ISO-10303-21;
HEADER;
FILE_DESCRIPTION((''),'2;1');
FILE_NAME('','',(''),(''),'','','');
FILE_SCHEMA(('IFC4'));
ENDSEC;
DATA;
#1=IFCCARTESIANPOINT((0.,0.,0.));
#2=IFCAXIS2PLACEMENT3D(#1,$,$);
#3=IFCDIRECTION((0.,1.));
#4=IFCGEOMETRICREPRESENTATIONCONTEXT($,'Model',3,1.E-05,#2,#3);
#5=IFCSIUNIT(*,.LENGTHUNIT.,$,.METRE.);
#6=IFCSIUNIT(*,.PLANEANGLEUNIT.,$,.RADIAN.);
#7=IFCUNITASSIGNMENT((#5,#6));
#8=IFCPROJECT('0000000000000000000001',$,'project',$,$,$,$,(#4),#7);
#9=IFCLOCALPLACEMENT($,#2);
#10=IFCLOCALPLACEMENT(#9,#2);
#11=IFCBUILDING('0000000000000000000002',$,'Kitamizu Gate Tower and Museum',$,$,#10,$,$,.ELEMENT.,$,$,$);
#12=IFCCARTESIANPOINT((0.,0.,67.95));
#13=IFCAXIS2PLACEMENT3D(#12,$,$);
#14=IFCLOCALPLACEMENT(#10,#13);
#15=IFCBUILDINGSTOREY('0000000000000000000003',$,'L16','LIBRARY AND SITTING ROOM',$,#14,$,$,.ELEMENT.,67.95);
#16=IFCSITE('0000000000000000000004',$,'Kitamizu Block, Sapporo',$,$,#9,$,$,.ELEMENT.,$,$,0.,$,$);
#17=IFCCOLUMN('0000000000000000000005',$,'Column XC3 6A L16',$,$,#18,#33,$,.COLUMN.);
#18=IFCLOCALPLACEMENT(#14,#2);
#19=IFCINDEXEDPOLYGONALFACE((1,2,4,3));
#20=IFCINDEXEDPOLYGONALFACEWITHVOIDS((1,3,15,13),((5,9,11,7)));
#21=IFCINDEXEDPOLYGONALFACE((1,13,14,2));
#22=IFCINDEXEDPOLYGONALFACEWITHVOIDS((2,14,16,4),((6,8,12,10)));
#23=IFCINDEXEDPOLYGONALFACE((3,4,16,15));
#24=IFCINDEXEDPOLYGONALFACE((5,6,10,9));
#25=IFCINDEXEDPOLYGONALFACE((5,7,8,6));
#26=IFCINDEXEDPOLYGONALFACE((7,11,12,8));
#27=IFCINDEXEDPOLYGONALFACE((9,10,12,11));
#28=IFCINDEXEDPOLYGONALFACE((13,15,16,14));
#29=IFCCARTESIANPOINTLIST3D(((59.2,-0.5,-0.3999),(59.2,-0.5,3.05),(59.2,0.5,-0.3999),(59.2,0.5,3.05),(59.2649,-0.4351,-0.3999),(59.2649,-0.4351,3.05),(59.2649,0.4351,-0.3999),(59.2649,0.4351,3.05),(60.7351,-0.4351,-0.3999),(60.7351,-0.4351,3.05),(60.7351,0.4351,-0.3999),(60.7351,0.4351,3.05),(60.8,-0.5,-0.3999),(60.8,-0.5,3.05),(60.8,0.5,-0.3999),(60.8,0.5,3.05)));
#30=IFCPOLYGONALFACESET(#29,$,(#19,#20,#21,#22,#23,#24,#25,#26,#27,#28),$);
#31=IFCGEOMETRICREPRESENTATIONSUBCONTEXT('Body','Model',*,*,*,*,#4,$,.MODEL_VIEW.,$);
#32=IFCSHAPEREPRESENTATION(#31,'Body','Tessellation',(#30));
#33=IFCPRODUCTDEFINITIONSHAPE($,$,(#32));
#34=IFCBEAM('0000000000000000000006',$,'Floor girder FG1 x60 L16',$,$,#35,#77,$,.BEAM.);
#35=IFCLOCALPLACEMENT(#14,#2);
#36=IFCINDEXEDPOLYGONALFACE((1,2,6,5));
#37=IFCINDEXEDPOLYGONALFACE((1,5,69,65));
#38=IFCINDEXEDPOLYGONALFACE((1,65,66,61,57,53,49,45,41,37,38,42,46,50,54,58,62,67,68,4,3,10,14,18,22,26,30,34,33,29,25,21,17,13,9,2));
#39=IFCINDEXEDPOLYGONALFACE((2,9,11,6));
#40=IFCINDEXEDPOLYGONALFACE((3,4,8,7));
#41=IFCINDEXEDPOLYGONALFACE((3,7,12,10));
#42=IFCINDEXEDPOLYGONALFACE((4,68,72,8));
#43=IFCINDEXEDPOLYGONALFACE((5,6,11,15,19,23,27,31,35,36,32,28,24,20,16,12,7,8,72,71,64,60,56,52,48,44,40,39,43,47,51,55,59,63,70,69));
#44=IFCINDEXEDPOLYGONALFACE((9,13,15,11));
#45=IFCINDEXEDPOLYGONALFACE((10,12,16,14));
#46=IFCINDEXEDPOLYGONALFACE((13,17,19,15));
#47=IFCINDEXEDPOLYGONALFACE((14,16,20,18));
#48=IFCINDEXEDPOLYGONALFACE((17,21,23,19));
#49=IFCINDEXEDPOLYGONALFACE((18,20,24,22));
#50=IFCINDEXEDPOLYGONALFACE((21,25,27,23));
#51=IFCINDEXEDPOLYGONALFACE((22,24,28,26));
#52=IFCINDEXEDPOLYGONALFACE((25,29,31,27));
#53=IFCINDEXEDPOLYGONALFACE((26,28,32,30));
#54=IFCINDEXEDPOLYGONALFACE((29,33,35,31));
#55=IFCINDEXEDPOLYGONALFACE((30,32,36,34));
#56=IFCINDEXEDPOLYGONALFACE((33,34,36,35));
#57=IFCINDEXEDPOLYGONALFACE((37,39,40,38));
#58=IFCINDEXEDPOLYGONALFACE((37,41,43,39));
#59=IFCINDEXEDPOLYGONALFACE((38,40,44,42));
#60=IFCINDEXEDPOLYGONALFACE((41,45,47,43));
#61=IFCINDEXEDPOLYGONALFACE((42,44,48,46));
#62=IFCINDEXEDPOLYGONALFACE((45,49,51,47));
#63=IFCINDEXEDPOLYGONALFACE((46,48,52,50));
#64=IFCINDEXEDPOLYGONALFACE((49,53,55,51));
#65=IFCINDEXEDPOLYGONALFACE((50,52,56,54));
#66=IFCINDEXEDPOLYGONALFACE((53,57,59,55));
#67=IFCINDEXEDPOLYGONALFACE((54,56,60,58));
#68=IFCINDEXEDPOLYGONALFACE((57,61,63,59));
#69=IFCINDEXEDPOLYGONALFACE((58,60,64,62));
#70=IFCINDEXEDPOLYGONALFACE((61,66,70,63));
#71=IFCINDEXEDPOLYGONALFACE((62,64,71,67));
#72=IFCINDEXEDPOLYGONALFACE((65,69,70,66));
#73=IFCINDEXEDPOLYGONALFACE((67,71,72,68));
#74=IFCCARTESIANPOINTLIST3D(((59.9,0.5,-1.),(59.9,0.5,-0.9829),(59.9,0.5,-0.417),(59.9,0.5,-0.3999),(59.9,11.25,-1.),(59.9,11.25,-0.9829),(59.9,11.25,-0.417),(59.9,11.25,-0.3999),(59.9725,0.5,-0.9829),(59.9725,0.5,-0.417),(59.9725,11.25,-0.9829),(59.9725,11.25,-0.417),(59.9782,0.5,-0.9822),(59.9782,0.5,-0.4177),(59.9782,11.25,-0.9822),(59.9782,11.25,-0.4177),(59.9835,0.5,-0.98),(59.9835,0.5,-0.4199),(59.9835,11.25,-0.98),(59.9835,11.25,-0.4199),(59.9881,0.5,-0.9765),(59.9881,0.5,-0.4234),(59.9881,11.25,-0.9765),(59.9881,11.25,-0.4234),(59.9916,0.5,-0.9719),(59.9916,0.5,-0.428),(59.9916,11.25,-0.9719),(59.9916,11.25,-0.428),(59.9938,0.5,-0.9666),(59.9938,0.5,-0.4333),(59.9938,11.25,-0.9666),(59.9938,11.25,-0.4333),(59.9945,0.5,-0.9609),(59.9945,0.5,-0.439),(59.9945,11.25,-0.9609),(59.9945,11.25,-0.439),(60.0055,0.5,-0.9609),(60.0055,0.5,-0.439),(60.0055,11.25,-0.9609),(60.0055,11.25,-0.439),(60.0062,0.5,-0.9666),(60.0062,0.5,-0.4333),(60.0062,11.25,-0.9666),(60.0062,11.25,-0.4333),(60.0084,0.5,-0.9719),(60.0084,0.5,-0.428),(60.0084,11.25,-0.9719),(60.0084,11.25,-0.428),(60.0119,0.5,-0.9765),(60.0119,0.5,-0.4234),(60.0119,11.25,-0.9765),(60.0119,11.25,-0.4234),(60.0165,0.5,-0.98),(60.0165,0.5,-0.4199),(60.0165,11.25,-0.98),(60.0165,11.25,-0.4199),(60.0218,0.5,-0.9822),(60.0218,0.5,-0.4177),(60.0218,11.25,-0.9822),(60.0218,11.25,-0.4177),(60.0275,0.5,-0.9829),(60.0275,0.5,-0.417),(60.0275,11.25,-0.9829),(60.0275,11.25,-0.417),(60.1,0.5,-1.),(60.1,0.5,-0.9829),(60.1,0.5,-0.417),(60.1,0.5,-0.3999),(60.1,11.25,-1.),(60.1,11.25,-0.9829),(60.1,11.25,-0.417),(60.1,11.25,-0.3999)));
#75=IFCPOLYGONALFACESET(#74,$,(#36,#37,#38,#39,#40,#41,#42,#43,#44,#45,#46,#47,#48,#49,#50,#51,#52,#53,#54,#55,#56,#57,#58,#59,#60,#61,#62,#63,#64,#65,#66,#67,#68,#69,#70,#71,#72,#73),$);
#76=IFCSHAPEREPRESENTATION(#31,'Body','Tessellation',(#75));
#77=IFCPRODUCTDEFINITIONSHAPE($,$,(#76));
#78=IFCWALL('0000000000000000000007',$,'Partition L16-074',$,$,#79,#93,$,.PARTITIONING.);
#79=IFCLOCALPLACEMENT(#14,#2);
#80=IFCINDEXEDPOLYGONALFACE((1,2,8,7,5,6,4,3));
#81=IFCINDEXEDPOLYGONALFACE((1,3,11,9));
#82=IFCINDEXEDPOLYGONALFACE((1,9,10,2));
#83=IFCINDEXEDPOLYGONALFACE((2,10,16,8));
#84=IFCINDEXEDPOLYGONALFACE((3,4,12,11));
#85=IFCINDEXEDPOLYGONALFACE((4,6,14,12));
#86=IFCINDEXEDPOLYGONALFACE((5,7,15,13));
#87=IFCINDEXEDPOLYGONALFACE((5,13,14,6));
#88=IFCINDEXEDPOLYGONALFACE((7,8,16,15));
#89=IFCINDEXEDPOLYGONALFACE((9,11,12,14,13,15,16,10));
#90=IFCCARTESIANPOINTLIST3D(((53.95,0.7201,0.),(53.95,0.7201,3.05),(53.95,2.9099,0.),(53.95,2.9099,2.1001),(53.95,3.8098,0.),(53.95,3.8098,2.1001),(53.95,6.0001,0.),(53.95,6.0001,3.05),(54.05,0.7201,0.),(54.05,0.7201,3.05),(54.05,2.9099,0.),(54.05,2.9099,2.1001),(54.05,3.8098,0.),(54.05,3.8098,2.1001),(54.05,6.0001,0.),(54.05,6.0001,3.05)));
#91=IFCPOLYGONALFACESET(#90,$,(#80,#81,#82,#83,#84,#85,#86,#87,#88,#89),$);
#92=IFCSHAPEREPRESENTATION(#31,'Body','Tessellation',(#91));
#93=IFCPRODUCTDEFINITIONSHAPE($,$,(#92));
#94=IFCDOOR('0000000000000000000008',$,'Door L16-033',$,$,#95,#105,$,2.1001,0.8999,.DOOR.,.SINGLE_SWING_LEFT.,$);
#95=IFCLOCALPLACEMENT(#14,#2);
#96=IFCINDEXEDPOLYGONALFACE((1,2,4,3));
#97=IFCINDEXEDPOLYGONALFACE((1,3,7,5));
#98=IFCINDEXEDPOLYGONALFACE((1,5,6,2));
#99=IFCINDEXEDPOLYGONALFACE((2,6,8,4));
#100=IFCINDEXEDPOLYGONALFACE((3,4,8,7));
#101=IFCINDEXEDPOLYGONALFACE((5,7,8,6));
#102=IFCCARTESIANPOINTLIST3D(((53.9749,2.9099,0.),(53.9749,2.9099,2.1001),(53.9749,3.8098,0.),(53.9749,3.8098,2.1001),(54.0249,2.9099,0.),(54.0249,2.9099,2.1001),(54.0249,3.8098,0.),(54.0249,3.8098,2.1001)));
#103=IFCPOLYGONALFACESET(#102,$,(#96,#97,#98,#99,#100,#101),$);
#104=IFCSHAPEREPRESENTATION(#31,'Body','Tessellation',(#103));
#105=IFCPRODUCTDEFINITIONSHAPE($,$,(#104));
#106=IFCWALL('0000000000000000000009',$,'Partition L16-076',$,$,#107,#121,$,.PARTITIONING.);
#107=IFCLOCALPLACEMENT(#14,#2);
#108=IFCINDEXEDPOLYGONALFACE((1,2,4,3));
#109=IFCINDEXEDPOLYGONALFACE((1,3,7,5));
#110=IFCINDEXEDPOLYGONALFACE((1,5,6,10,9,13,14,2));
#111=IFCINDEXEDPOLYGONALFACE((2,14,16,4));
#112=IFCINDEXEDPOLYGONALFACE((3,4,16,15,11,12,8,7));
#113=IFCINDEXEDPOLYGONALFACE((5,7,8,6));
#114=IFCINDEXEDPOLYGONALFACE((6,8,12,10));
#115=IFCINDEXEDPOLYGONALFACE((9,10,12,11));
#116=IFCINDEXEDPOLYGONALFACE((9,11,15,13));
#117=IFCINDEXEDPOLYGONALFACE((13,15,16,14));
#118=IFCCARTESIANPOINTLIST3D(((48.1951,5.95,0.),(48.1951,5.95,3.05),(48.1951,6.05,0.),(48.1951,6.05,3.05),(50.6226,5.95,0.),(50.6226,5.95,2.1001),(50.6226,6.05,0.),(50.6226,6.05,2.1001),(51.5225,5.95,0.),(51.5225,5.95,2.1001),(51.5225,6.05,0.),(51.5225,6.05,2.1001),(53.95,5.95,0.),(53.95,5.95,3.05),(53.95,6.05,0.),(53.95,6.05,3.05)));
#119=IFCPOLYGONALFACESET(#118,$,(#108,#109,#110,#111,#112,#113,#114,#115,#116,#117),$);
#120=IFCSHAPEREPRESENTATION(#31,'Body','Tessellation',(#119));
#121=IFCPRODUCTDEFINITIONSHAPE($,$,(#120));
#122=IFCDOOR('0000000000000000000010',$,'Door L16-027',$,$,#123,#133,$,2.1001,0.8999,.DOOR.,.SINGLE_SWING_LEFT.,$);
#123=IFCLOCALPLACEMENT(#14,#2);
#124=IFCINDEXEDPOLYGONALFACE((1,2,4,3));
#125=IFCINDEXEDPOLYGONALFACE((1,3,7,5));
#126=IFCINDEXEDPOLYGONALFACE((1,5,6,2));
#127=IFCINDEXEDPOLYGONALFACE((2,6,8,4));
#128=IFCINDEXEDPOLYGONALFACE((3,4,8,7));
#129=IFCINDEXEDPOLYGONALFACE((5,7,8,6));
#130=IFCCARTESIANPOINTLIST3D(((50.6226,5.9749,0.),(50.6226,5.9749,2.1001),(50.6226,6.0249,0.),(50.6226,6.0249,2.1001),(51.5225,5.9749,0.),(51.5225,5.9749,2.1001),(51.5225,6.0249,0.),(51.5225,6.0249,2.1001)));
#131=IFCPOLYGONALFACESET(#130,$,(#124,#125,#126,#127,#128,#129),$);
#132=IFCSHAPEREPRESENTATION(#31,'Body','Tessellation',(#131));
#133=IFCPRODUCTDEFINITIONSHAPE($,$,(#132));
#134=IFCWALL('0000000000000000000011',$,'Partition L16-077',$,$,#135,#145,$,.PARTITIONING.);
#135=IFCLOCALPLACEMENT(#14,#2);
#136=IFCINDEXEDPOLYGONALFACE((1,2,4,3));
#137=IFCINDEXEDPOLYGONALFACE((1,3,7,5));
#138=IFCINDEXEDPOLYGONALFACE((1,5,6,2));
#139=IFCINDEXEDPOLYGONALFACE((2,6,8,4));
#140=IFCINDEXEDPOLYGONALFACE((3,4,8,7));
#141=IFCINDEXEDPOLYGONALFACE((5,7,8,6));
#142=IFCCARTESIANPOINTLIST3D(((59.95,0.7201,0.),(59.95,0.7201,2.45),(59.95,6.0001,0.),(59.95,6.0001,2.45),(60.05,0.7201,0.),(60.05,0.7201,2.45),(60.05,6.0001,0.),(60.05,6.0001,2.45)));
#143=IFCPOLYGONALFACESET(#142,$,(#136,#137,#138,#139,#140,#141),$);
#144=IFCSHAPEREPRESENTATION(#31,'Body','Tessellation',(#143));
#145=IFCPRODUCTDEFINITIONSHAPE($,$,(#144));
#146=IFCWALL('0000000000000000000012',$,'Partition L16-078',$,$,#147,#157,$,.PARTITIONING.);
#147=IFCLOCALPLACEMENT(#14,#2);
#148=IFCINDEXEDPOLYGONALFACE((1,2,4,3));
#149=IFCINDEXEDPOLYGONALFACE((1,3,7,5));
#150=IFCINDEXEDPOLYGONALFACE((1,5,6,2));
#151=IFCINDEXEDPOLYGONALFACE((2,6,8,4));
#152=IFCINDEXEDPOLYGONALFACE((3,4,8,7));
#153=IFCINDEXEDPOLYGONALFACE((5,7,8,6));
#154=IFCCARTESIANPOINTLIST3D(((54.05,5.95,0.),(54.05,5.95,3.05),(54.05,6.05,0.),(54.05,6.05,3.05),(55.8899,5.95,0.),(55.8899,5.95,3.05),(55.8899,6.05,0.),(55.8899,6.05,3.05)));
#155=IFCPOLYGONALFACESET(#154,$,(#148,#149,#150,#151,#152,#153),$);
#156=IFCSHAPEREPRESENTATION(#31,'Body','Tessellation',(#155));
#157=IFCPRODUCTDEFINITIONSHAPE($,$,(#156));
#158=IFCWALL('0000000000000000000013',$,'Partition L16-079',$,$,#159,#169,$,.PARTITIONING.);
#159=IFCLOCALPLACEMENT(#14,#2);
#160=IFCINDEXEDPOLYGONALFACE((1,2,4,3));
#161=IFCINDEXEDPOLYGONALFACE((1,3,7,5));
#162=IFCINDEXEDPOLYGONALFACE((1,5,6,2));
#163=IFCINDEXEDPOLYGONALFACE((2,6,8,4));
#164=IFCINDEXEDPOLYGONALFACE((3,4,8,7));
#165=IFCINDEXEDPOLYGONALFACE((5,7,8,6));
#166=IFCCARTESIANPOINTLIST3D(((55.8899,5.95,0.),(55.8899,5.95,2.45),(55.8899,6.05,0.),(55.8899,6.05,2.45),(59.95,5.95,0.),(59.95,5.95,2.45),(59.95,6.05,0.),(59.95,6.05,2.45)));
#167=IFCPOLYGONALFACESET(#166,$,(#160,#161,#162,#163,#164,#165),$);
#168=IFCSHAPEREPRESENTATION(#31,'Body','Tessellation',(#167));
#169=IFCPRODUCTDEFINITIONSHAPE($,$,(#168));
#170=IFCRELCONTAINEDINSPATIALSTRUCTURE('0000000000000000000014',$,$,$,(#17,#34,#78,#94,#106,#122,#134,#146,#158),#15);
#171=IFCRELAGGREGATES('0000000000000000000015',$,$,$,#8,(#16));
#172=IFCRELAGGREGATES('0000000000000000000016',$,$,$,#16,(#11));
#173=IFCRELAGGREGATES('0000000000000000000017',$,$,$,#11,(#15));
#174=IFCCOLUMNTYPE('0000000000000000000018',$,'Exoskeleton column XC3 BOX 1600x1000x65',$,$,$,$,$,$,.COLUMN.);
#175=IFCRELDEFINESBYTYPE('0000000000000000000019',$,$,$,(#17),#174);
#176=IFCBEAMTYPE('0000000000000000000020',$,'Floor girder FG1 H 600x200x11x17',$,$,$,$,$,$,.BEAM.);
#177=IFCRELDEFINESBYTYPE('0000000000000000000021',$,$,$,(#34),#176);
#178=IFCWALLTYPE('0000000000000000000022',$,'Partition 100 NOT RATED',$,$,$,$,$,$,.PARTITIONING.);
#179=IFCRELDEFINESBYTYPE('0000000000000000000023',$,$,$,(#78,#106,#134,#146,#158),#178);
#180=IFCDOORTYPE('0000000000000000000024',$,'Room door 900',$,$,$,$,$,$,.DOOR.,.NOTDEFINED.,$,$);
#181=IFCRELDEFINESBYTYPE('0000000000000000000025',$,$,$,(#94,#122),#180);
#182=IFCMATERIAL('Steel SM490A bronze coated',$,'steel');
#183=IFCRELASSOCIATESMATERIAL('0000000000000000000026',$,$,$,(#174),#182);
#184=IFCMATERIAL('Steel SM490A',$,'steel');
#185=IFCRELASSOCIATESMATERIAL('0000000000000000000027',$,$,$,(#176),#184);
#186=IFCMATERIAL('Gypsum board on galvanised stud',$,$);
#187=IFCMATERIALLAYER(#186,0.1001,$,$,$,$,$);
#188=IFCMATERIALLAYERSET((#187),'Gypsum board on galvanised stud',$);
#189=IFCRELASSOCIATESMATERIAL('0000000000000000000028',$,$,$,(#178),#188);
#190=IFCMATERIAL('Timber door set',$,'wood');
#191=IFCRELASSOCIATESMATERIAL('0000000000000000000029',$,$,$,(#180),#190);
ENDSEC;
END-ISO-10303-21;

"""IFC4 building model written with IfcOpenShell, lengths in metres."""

from ifc_helpers import new_model, si_unit, direction, frame, frame_2d, origin, origin_2d, place, context, subcontext, project, spatial, rectangle, hollow_rectangle, i_section, extrude, material, layer, layer_set, material_profile, profile_set, type_object, element, fill, save


model = new_model("IFC4")

# Units and contexts
model_context = context("Model", 3, precision=1e-05, world=origin(), true_north=direction((0.0, 1.0)))
body_context = subcontext(model_context, "Body", "Model", "MODEL_VIEW")
ifc_project = project(units=[si_unit("LENGTHUNIT", "METRE"), si_unit("PLANEANGLEUNIT", "RADIAN")], contexts=[model_context])

# Site, building, storey
site_placement = place(None, origin())
site = spatial("IfcSite", under=ifc_project, at=site_placement, Name="Kitamizu Block, Sapporo", CompositionType="ELEMENT", RefElevation=0.0)
building_placement = place(site_placement, origin())
building = spatial("IfcBuilding", under=site, at=building_placement, Name="Kitamizu Gate Tower and Museum", CompositionType="ELEMENT")
storey_placement = place(building_placement, frame((0.0, 0.0, 67.95)))
storey = spatial("IfcBuildingStorey", under=building, at=storey_placement, Name="L16", Description="LIBRARY AND SITTING ROOM", CompositionType="ELEMENT", Elevation=67.95)

# Column
ifc_material_1 = material(Name="Steel SM490A bronze coated", Category="steel")
ifc_material_profile_1 = material_profile(ifc_material_1, hollow_rectangle(XDim=1.6001, YDim=1.0, WallThickness=0.0649, at=origin_2d()), Name="BOX 1600x1000x65")
ifc_profile_set_1 = profile_set([ifc_material_profile_1], Name="Steel SM490A bronze coated")
column_type = type_object("IfcColumnType", Name="Exoskeleton column XC3 BOX 1600x1000x65", PredefinedType="COLUMN", material=ifc_profile_set_1)
column_placement = place(storey_placement, frame((60.0, 0.0, -0.3999), z_axis=(0.0, 0.0, 1.0), x_axis=(1.0, 0.0, 0.0)))
element("IfcColumn", 1, at=column_placement, inside=storey, type_object=column_type, Name="Column XC3 6A L16", PredefinedType="COLUMN", context=body_context, shape_type="SweptSolid", body=[
    extrude(hollow_rectangle(XDim=1.6001, YDim=1.0, WallThickness=0.0649, at=origin_2d()), origin(), (0.0, 0.0, 1.0), 3.45),
])

# Beam
ifc_material_2 = material(Name="Steel SM490A", Category="steel")
ifc_material_profile_2 = material_profile(ifc_material_2, i_section(OverallWidth=0.2, OverallDepth=0.6001, WebThickness=0.011, FlangeThickness=0.0171, FilletRadius=0.022, at=origin_2d()), Name="H-600x200x11x17")
ifc_profile_set_2 = profile_set([ifc_material_profile_2], Name="Steel SM490A")
beam_type = type_object("IfcBeamType", Name="Floor girder FG1 H 600x200x11x17", PredefinedType="BEAM", material=ifc_profile_set_2)
beam_placement = place(storey_placement, frame((60.0, 0.5, -0.7), z_axis=(0.0, 1.0, 0.0), x_axis=(-1.0, 0.0, 0.0)))
element("IfcBeam", 2, at=beam_placement, inside=storey, type_object=beam_type, Name="Floor girder FG1 x60 L16", PredefinedType="BEAM", context=body_context, shape_type="SweptSolid", body=[
    extrude(i_section(OverallWidth=0.2, OverallDepth=0.6001, WebThickness=0.011, FlangeThickness=0.0171, FilletRadius=0.022, at=origin_2d()), origin(), (0.0, 0.0, 1.0), 10.75),
])

# Walls, openings, doors
ifc_material_3 = material(Name="Gypsum board on galvanised stud")
ifc_layer = layer(ifc_material_3, 0.1001)
ifc_layer_set = layer_set([ifc_layer], Name="Gypsum board on galvanised stud")
wall_type = type_object("IfcWallType", Name="Partition 100 NOT RATED", PredefinedType="PARTITIONING", material=ifc_layer_set)
wall_1_placement = place(storey_placement, frame((54.0, 0.72, 0.0), z_axis=(0.0, 0.0, 1.0), x_axis=(0.0, 1.0, 0.0)))
wall_1 = element("IfcWall", 3, at=wall_1_placement, inside=storey, type_object=wall_type, Name="Partition L16-074", PredefinedType="PARTITIONING", context=body_context, shape_type="SweptSolid", body=[
    extrude(rectangle(XDim=5.28, YDim=0.1001, at=frame_2d((2.6401, 0.0))), origin(), (0.0, 0.0, 1.0), 3.05),
])
opening_1_placement = place(wall_1_placement, frame((2.1899, 0.0, 0.0)))
opening_1 = element("IfcOpeningElement", 4, at=opening_1_placement, cuts=wall_1, PredefinedType="OPENING", context=body_context, shape_type="SweptSolid", body=[
    extrude(rectangle(XDim=0.8999, YDim=2.1001, at=frame_2d((0.45, 1.05))), frame((0.0, 0.0601, 0.0), z_axis=(0.0, -1.0, 0.0), x_axis=(1.0, 0.0, 0.0)), (0.0, 0.0, 1.0), 0.1201),
])
ifc_material_4 = material(Name="Timber door set", Category="wood")
door_type = type_object("IfcDoorType", Name="Room door 900", OperationType="NOTDEFINED", PredefinedType="DOOR", material=ifc_material_4)
door_1_placement = place(opening_1_placement, frame((0.8999, 0.0, 0.0), x_axis=(-1.0, 0.0, 0.0)))
door_1 = element("IfcDoor", 5, at=door_1_placement, inside=storey, type_object=door_type, Name="Door L16-033", OperationType="SINGLE_SWING_LEFT", OverallHeight=2.1001, OverallWidth=0.8999, PredefinedType="DOOR", context=body_context, shape_type="SweptSolid", body=[
    extrude(rectangle(XDim=0.8999, YDim=2.1001, at=frame_2d((0.45, 1.05))), frame((0.0, 0.0249, 0.0), z_axis=(0.0, -1.0, 0.0), x_axis=(1.0, 0.0, 0.0)), (0.0, 0.0, 1.0), 0.05),
])
fill(opening_1, door_1)
wall_2_placement = place(storey_placement, frame((53.95, 6.0, 0.0), z_axis=(0.0, 0.0, 1.0), x_axis=(-1.0, 0.0, 0.0)))
wall_2 = element("IfcWall", 6, at=wall_2_placement, inside=storey, type_object=wall_type, Name="Partition L16-076", PredefinedType="PARTITIONING", context=body_context, shape_type="SweptSolid", body=[
    extrude(rectangle(XDim=5.7549, YDim=0.1001, at=frame_2d((2.8774, 0.0))), origin(), (0.0, 0.0, 1.0), 3.05),
])
opening_2_placement = place(wall_2_placement, frame((2.4275, 0.0, 0.0)))
opening_2 = element("IfcOpeningElement", 7, at=opening_2_placement, cuts=wall_2, PredefinedType="OPENING", context=body_context, shape_type="SweptSolid", body=[
    extrude(rectangle(XDim=0.8999, YDim=2.1001, at=frame_2d((0.45, 1.05))), frame((0.0, 0.0601, 0.0), z_axis=(0.0, -1.0, 0.0), x_axis=(1.0, 0.0, 0.0)), (0.0, 0.0, 1.0), 0.1201),
])
door_2_placement = place(opening_2_placement, frame((0.8999, 0.0, 0.0), x_axis=(-1.0, 0.0, 0.0)))
door_2 = element("IfcDoor", 8, at=door_2_placement, inside=storey, type_object=door_type, Name="Door L16-027", OperationType="SINGLE_SWING_LEFT", OverallHeight=2.1001, OverallWidth=0.8999, PredefinedType="DOOR", context=body_context, shape_type="SweptSolid", body=[
    extrude(rectangle(XDim=0.8999, YDim=2.1001, at=frame_2d((0.45, 1.05))), frame((0.0, 0.0249, 0.0), z_axis=(0.0, -1.0, 0.0), x_axis=(1.0, 0.0, 0.0)), (0.0, 0.0, 1.0), 0.05),
])
fill(opening_2, door_2)

# Walls
wall_3_placement = place(storey_placement, frame((60.0, 0.72, 0.0), z_axis=(0.0, 0.0, 1.0), x_axis=(0.0, 1.0, 0.0)))
element("IfcWall", 9, at=wall_3_placement, inside=storey, type_object=wall_type, Name="Partition L16-077", PredefinedType="PARTITIONING", context=body_context, shape_type="SweptSolid", body=[
    extrude(rectangle(XDim=5.28, YDim=0.1001, at=frame_2d((2.6401, 0.0))), origin(), (0.0, 0.0, 1.0), 2.45),
])
wall_4_placement = place(storey_placement, frame((55.8899, 6.0, 0.0), z_axis=(0.0, 0.0, 1.0), x_axis=(-1.0, 0.0, 0.0)))
element("IfcWall", 10, at=wall_4_placement, inside=storey, type_object=wall_type, Name="Partition L16-078", PredefinedType="PARTITIONING", context=body_context, shape_type="SweptSolid", body=[
    extrude(rectangle(XDim=1.8398, YDim=0.1001, at=frame_2d((0.9199, 0.0))), origin(), (0.0, 0.0, 1.0), 3.05),
])
wall_5_placement = place(storey_placement, frame((59.95, 6.0, 0.0), z_axis=(0.0, 0.0, 1.0), x_axis=(-1.0, 0.0, 0.0)))
element("IfcWall", 11, at=wall_5_placement, inside=storey, type_object=wall_type, Name="Partition L16-079", PredefinedType="PARTITIONING", context=body_context, shape_type="SweptSolid", body=[
    extrude(rectangle(XDim=4.0601, YDim=0.1001, at=frame_2d((2.03, 0.0))), origin(), (0.0, 0.0, 1.0), 2.45),
])

save(model, "model.ifc")
